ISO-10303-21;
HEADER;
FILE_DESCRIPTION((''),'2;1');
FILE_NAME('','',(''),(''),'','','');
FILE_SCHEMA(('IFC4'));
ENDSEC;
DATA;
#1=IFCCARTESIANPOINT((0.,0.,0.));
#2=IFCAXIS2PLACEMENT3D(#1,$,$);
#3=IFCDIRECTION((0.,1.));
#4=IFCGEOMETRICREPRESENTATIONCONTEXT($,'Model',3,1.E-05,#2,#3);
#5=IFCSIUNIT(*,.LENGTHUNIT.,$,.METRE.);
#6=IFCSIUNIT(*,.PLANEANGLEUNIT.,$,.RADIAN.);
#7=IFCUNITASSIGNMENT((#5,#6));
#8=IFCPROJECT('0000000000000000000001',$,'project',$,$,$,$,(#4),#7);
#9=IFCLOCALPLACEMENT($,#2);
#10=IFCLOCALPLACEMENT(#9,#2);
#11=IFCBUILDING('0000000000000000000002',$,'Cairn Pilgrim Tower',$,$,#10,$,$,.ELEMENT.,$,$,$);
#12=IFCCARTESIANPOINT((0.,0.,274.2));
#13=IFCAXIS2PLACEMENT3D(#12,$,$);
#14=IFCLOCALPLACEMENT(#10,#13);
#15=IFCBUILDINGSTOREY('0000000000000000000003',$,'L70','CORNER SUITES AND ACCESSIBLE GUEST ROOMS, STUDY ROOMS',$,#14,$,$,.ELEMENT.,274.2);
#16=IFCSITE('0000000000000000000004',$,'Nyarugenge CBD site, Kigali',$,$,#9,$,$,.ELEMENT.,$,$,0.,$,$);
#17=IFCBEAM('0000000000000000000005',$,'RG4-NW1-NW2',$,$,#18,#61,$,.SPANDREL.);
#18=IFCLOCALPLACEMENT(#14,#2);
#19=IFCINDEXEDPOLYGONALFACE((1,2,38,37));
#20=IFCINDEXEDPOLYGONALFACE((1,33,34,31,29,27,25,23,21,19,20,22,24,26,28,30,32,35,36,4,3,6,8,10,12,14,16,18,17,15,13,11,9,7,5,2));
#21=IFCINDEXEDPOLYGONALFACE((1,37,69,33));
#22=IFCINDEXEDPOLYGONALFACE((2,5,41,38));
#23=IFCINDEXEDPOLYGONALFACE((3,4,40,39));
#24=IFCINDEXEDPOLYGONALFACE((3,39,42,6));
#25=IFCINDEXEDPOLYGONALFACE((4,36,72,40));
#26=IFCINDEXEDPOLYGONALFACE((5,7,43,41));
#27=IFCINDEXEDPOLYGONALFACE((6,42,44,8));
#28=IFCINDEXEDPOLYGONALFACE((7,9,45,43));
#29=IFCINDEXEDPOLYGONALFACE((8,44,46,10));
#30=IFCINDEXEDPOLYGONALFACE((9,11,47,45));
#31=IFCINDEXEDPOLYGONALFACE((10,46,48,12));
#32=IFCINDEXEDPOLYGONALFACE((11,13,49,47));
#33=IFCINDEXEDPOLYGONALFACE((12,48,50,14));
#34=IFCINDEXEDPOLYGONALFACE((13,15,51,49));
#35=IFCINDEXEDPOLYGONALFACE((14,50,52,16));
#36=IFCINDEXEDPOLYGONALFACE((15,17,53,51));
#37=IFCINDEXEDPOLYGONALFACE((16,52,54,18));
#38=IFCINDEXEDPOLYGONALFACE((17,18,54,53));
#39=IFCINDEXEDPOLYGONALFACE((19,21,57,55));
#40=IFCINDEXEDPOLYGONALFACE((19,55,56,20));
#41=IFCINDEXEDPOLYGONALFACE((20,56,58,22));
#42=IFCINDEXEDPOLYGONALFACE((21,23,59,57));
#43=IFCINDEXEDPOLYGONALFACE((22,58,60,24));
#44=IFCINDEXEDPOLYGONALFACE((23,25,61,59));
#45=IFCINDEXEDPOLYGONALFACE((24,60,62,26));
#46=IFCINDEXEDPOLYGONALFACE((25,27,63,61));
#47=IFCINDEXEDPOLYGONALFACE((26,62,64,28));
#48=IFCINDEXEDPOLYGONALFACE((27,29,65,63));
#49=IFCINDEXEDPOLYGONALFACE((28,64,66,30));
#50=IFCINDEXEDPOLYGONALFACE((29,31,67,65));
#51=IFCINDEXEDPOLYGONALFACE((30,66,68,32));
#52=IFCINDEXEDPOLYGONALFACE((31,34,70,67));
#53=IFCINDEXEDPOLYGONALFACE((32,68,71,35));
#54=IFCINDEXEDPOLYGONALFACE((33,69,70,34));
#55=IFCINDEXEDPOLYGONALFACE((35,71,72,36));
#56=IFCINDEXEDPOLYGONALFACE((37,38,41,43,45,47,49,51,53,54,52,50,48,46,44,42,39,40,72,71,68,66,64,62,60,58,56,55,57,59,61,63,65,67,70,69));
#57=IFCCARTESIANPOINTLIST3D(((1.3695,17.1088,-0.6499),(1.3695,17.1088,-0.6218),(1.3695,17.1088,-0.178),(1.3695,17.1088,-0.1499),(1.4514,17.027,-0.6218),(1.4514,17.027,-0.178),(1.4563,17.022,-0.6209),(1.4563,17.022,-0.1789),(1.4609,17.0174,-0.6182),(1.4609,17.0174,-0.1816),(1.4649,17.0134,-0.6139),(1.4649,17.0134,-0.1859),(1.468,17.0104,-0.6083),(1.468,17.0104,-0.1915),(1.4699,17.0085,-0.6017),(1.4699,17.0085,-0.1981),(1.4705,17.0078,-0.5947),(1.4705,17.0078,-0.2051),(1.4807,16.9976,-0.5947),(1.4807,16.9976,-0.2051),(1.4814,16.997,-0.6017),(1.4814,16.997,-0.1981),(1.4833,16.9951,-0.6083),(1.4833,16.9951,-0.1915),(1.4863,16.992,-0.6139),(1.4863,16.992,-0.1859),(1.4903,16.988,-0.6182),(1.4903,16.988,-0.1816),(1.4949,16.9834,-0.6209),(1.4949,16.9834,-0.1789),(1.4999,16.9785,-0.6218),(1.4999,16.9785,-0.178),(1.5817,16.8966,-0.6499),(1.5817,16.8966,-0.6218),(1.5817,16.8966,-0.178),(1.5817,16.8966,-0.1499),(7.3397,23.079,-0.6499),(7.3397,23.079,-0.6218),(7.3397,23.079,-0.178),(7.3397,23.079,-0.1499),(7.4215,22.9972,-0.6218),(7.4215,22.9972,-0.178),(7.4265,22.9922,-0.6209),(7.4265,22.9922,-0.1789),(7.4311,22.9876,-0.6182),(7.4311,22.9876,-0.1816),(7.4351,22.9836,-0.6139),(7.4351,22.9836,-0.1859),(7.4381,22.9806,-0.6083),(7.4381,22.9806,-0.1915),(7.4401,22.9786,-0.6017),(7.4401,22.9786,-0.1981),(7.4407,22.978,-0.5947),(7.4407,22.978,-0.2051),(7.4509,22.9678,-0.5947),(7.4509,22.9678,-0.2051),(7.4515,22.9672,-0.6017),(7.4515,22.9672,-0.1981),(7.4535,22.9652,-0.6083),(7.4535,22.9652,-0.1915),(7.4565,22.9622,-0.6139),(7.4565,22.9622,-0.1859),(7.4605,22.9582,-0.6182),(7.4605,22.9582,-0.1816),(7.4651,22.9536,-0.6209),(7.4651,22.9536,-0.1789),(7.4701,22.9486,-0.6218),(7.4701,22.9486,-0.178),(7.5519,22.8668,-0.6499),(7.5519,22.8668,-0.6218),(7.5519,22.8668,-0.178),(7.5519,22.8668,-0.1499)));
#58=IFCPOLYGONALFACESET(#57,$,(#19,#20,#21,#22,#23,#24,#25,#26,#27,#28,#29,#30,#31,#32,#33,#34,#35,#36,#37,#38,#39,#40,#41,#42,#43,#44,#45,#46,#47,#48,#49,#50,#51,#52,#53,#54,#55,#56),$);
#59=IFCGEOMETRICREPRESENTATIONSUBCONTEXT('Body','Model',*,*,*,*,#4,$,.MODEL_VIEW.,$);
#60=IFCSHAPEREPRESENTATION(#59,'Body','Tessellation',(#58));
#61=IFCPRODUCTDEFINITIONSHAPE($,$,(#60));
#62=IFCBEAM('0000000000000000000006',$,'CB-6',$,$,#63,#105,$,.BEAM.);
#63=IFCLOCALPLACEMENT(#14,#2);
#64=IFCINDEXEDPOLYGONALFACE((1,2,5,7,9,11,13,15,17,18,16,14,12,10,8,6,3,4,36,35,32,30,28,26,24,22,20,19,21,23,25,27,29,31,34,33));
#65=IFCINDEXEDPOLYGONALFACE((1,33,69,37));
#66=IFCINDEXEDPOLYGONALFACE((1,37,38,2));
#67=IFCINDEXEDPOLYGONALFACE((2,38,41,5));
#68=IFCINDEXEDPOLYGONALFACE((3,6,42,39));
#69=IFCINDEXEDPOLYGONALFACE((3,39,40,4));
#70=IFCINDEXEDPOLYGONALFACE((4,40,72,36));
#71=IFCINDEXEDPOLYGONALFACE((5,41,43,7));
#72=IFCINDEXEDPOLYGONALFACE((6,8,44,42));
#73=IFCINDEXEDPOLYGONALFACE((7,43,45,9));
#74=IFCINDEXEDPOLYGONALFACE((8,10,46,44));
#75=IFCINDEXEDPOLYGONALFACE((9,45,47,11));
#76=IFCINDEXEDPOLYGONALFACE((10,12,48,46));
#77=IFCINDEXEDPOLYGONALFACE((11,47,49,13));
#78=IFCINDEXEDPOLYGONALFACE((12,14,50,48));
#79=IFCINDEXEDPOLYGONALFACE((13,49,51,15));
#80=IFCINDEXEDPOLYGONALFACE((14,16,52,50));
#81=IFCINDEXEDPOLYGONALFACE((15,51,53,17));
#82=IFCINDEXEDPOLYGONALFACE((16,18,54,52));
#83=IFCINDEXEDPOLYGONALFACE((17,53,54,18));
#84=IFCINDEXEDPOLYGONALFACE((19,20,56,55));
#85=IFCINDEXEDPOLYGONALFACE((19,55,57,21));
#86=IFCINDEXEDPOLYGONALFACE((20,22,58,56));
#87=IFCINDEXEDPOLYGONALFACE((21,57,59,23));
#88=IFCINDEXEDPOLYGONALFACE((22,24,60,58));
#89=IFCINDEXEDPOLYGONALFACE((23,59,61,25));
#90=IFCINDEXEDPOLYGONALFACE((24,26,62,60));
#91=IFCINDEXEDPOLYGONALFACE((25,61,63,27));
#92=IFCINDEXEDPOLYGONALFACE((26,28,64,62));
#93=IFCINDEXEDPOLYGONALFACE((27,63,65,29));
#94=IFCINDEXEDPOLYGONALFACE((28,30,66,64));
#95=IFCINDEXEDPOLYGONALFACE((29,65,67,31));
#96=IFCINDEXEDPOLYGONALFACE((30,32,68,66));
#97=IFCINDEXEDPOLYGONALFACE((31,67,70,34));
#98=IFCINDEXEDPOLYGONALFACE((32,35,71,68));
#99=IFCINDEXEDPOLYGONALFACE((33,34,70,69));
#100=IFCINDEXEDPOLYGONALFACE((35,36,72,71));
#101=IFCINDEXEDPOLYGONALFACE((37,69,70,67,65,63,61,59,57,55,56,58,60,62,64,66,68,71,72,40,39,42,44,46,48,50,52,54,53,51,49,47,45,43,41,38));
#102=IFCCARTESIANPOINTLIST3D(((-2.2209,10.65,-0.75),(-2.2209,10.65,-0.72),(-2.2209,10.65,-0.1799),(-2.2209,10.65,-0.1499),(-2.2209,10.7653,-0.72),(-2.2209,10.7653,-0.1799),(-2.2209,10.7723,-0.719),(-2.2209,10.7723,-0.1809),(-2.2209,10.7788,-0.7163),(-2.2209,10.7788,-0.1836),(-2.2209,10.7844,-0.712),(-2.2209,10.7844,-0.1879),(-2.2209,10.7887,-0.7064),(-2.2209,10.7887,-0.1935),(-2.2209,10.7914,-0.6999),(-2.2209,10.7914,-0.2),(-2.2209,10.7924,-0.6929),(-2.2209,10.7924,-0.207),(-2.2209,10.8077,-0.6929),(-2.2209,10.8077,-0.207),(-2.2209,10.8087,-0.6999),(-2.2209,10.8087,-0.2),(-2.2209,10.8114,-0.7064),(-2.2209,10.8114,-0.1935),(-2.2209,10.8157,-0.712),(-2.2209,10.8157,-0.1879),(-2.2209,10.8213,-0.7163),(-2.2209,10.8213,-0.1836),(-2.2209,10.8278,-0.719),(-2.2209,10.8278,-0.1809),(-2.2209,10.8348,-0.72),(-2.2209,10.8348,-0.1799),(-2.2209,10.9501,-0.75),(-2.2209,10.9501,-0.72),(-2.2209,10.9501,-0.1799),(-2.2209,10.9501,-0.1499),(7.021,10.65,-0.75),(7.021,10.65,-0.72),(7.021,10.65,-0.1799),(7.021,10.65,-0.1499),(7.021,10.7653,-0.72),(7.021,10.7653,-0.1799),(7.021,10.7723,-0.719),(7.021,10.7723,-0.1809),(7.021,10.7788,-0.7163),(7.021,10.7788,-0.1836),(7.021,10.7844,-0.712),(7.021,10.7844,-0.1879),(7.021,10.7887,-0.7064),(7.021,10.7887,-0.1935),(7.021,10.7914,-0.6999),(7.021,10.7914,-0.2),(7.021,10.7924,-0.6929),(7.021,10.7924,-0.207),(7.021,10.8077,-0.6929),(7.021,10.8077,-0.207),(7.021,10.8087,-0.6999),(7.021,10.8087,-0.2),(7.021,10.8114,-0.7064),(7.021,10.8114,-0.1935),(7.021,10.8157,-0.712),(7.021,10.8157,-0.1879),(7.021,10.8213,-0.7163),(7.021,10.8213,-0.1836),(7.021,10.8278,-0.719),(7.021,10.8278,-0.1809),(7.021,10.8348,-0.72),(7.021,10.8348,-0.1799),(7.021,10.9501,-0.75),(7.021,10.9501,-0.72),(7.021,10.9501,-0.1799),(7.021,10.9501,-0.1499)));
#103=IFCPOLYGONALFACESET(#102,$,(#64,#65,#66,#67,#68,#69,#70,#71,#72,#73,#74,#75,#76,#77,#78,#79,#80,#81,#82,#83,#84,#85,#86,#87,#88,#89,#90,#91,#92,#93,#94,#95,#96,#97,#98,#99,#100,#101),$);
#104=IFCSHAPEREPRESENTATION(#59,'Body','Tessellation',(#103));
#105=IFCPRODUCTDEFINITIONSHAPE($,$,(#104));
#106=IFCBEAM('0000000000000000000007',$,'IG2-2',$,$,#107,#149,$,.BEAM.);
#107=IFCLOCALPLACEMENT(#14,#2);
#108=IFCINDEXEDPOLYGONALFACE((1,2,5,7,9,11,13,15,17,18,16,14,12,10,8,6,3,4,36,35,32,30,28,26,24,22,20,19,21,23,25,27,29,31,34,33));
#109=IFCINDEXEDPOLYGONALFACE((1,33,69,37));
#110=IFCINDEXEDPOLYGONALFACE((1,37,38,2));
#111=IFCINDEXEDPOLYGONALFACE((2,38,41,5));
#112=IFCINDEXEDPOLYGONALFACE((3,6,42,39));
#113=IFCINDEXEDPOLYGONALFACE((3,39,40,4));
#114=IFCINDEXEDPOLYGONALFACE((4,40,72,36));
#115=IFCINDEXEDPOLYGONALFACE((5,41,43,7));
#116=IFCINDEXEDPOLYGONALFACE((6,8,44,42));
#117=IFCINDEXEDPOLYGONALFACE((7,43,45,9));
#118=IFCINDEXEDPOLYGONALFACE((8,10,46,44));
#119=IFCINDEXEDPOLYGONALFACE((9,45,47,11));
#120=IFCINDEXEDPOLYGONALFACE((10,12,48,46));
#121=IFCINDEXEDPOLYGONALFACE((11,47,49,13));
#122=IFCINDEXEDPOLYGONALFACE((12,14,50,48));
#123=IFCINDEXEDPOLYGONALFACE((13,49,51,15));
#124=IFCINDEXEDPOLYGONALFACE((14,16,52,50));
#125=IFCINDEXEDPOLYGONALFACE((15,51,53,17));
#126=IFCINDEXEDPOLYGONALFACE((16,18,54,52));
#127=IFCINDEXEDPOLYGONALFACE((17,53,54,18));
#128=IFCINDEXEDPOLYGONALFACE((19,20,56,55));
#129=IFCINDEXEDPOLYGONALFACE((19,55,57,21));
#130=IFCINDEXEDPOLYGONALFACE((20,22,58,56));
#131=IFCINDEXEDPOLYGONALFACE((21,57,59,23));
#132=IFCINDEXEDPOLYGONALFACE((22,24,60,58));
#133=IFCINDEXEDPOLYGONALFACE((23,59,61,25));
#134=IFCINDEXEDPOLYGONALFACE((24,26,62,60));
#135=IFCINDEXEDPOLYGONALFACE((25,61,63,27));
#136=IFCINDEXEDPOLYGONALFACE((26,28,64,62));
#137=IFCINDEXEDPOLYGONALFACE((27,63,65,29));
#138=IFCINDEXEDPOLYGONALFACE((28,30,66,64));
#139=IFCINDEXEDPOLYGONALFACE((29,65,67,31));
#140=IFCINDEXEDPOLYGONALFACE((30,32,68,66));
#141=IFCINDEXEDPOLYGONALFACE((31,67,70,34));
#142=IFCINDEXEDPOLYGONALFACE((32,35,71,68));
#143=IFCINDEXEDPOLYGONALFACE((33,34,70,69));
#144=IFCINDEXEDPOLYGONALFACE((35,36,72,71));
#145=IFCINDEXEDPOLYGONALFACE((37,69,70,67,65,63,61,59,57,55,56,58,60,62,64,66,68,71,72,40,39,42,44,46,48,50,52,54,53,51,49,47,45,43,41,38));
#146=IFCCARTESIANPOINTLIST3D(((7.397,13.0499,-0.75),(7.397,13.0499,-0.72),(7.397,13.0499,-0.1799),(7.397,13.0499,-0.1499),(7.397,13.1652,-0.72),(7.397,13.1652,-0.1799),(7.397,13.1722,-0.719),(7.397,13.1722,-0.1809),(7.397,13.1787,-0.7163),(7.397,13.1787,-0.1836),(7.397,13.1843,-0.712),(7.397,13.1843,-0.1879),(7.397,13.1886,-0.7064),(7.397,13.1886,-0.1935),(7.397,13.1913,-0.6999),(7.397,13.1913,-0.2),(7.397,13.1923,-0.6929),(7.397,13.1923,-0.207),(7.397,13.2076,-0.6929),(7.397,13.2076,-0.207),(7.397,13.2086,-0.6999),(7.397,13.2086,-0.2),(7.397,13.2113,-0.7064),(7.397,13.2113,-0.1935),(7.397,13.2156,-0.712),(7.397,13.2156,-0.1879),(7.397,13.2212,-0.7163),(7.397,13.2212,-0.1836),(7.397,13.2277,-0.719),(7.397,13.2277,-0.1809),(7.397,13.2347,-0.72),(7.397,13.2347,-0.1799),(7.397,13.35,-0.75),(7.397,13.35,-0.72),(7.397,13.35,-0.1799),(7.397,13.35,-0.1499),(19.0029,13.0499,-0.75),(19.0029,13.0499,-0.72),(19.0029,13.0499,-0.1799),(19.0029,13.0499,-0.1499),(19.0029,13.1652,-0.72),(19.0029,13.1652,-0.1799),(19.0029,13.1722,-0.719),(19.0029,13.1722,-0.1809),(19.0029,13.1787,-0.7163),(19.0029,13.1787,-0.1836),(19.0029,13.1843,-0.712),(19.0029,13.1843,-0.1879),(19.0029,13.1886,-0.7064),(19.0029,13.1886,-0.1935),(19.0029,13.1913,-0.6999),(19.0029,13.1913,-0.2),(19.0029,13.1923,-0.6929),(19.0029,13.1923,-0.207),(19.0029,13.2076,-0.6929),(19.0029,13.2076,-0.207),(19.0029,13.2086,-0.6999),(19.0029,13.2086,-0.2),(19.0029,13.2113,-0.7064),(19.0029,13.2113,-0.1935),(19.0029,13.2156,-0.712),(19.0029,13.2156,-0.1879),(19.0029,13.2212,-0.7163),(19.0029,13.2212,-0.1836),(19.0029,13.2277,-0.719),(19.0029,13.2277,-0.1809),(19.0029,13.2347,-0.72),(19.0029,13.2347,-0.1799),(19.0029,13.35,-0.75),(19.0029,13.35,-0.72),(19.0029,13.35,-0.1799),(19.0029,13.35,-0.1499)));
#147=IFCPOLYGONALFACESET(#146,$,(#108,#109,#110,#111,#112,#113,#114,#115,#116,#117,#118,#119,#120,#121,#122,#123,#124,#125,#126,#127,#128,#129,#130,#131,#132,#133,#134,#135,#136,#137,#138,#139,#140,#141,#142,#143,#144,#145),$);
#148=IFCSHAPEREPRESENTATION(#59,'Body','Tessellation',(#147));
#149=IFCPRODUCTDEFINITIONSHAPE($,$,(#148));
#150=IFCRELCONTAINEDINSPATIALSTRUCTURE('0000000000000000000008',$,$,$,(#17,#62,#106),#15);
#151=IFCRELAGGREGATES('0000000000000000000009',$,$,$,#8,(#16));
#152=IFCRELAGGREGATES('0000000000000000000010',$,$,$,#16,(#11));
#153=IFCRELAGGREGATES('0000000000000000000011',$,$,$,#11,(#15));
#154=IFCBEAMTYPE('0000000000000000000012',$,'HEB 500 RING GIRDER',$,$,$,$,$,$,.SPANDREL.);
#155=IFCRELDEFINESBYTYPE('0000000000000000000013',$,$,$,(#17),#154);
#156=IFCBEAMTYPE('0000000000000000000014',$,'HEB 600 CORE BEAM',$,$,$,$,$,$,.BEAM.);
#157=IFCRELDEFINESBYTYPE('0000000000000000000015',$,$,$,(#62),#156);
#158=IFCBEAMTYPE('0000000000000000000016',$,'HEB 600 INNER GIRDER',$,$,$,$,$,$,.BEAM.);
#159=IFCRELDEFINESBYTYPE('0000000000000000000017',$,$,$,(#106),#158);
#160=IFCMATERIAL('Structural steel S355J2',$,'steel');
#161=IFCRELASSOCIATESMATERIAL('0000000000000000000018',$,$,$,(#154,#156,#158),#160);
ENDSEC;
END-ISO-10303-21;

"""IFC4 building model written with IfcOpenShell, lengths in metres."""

from ifc_helpers import new_model, si_unit, direction, frame, origin, origin_2d, place, context, subcontext, project, spatial, i_section, extrude, material, material_profile, profile_set, type_object, element, save


model = new_model("IFC4")

# Units and contexts
model_context = context("Model", 3, precision=1e-05, world=origin(), true_north=direction((0.0, 1.0)))
body_context = subcontext(model_context, "Body", "Model", "MODEL_VIEW")
ifc_project = project(units=[si_unit("LENGTHUNIT", "METRE"), si_unit("PLANEANGLEUNIT", "RADIAN")], contexts=[model_context])

# Site, building, storey
site_placement = place(None, origin())
site = spatial("IfcSite", under=ifc_project, at=site_placement, Name="Nyarugenge CBD site, Kigali", CompositionType="ELEMENT", RefElevation=0.0)
building_placement = place(site_placement, origin())
building = spatial("IfcBuilding", under=site, at=building_placement, Name="Cairn Pilgrim Tower", CompositionType="ELEMENT")
storey_placement = place(building_placement, frame((0.0, 0.0, 274.2)))
storey = spatial("IfcBuildingStorey", under=building, at=storey_placement, Name="L70", Description="CORNER SUITES AND ACCESSIBLE GUEST ROOMS, STUDY ROOMS", CompositionType="ELEMENT", Elevation=274.2)

# Shared definitions
ifc_material_1 = material(Name="Structural steel S355J2", Category="steel")

# Beams
ifc_material_profile_1 = material_profile(ifc_material_1, i_section(OverallWidth=0.3, OverallDepth=0.5, WebThickness=0.0144, FlangeThickness=0.0281, FilletRadius=0.0271, at=origin_2d()), Name="HEB 500")
ifc_profile_set_1 = profile_set([ifc_material_profile_1], Name="Structural steel S355J2")
beam_type_1 = type_object("IfcBeamType", Name="HEB 500 RING GIRDER", PredefinedType="SPANDREL", material=ifc_profile_set_1)
beam_1_placement = place(storey_placement, frame((7.4458, 22.9729, -0.3999), z_axis=(-0.707107, -0.707107, 0.0), x_axis=(0.707107, -0.707107, 0.0)))
element("IfcBeam", 1, at=beam_1_placement, inside=storey, type_object=beam_type_1, Name="RG4-NW1-NW2", PredefinedType="SPANDREL", context=body_context, shape_type="SweptSolid", body=[
    extrude(i_section(OverallWidth=0.3, OverallDepth=0.5, WebThickness=0.0144, FlangeThickness=0.0281, FilletRadius=0.0271, at=origin_2d()), origin(), (0.0, 0.0, 1.0), 8.4431),
])
ifc_material_profile_2 = material_profile(ifc_material_1, i_section(OverallWidth=0.3, OverallDepth=0.6001, WebThickness=0.0154, FlangeThickness=0.03, FilletRadius=0.0271, at=origin_2d()), Name="HEB 600")
ifc_profile_set_2 = profile_set([ifc_material_profile_2], Name="Structural steel S355J2")
beam_type_2 = type_object("IfcBeamType", Name="HEB 600 CORE BEAM", PredefinedType="BEAM", material=ifc_profile_set_2)
beam_2_placement = place(storey_placement, frame((7.021, 10.8, -0.45), z_axis=(-1.0, 0.0, 0.0), x_axis=(0.0, -1.0, 0.0)))
element("IfcBeam", 2, at=beam_2_placement, inside=storey, type_object=beam_type_2, Name="CB-6", PredefinedType="BEAM", context=body_context, shape_type="SweptSolid", body=[
    extrude(i_section(OverallWidth=0.3, OverallDepth=0.6001, WebThickness=0.0154, FlangeThickness=0.03, FilletRadius=0.0271, at=origin_2d()), origin(), (0.0, 0.0, 1.0), 9.2419),
])
ifc_material_profile_3 = material_profile(ifc_material_1, i_section(OverallWidth=0.3, OverallDepth=0.6001, WebThickness=0.0154, FlangeThickness=0.03, FilletRadius=0.0271, at=origin_2d()), Name="HEB 600")
ifc_profile_set_3 = profile_set([ifc_material_profile_3], Name="Structural steel S355J2")
beam_type_3 = type_object("IfcBeamType", Name="HEB 600 INNER GIRDER", PredefinedType="BEAM", material=ifc_profile_set_3)
beam_3_placement = place(storey_placement, frame((7.397, 13.2, -0.45), z_axis=(1.0, 0.0, 0.0), x_axis=(0.0, 1.0, 0.0)))
element("IfcBeam", 3, at=beam_3_placement, inside=storey, type_object=beam_type_3, Name="IG2-2", PredefinedType="BEAM", context=body_context, shape_type="SweptSolid", body=[
    extrude(i_section(OverallWidth=0.3, OverallDepth=0.6001, WebThickness=0.0154, FlangeThickness=0.03, FilletRadius=0.0271, at=origin_2d()), origin(), (0.0, 0.0, 1.0), 11.606),
])

save(model, "model.ifc")
